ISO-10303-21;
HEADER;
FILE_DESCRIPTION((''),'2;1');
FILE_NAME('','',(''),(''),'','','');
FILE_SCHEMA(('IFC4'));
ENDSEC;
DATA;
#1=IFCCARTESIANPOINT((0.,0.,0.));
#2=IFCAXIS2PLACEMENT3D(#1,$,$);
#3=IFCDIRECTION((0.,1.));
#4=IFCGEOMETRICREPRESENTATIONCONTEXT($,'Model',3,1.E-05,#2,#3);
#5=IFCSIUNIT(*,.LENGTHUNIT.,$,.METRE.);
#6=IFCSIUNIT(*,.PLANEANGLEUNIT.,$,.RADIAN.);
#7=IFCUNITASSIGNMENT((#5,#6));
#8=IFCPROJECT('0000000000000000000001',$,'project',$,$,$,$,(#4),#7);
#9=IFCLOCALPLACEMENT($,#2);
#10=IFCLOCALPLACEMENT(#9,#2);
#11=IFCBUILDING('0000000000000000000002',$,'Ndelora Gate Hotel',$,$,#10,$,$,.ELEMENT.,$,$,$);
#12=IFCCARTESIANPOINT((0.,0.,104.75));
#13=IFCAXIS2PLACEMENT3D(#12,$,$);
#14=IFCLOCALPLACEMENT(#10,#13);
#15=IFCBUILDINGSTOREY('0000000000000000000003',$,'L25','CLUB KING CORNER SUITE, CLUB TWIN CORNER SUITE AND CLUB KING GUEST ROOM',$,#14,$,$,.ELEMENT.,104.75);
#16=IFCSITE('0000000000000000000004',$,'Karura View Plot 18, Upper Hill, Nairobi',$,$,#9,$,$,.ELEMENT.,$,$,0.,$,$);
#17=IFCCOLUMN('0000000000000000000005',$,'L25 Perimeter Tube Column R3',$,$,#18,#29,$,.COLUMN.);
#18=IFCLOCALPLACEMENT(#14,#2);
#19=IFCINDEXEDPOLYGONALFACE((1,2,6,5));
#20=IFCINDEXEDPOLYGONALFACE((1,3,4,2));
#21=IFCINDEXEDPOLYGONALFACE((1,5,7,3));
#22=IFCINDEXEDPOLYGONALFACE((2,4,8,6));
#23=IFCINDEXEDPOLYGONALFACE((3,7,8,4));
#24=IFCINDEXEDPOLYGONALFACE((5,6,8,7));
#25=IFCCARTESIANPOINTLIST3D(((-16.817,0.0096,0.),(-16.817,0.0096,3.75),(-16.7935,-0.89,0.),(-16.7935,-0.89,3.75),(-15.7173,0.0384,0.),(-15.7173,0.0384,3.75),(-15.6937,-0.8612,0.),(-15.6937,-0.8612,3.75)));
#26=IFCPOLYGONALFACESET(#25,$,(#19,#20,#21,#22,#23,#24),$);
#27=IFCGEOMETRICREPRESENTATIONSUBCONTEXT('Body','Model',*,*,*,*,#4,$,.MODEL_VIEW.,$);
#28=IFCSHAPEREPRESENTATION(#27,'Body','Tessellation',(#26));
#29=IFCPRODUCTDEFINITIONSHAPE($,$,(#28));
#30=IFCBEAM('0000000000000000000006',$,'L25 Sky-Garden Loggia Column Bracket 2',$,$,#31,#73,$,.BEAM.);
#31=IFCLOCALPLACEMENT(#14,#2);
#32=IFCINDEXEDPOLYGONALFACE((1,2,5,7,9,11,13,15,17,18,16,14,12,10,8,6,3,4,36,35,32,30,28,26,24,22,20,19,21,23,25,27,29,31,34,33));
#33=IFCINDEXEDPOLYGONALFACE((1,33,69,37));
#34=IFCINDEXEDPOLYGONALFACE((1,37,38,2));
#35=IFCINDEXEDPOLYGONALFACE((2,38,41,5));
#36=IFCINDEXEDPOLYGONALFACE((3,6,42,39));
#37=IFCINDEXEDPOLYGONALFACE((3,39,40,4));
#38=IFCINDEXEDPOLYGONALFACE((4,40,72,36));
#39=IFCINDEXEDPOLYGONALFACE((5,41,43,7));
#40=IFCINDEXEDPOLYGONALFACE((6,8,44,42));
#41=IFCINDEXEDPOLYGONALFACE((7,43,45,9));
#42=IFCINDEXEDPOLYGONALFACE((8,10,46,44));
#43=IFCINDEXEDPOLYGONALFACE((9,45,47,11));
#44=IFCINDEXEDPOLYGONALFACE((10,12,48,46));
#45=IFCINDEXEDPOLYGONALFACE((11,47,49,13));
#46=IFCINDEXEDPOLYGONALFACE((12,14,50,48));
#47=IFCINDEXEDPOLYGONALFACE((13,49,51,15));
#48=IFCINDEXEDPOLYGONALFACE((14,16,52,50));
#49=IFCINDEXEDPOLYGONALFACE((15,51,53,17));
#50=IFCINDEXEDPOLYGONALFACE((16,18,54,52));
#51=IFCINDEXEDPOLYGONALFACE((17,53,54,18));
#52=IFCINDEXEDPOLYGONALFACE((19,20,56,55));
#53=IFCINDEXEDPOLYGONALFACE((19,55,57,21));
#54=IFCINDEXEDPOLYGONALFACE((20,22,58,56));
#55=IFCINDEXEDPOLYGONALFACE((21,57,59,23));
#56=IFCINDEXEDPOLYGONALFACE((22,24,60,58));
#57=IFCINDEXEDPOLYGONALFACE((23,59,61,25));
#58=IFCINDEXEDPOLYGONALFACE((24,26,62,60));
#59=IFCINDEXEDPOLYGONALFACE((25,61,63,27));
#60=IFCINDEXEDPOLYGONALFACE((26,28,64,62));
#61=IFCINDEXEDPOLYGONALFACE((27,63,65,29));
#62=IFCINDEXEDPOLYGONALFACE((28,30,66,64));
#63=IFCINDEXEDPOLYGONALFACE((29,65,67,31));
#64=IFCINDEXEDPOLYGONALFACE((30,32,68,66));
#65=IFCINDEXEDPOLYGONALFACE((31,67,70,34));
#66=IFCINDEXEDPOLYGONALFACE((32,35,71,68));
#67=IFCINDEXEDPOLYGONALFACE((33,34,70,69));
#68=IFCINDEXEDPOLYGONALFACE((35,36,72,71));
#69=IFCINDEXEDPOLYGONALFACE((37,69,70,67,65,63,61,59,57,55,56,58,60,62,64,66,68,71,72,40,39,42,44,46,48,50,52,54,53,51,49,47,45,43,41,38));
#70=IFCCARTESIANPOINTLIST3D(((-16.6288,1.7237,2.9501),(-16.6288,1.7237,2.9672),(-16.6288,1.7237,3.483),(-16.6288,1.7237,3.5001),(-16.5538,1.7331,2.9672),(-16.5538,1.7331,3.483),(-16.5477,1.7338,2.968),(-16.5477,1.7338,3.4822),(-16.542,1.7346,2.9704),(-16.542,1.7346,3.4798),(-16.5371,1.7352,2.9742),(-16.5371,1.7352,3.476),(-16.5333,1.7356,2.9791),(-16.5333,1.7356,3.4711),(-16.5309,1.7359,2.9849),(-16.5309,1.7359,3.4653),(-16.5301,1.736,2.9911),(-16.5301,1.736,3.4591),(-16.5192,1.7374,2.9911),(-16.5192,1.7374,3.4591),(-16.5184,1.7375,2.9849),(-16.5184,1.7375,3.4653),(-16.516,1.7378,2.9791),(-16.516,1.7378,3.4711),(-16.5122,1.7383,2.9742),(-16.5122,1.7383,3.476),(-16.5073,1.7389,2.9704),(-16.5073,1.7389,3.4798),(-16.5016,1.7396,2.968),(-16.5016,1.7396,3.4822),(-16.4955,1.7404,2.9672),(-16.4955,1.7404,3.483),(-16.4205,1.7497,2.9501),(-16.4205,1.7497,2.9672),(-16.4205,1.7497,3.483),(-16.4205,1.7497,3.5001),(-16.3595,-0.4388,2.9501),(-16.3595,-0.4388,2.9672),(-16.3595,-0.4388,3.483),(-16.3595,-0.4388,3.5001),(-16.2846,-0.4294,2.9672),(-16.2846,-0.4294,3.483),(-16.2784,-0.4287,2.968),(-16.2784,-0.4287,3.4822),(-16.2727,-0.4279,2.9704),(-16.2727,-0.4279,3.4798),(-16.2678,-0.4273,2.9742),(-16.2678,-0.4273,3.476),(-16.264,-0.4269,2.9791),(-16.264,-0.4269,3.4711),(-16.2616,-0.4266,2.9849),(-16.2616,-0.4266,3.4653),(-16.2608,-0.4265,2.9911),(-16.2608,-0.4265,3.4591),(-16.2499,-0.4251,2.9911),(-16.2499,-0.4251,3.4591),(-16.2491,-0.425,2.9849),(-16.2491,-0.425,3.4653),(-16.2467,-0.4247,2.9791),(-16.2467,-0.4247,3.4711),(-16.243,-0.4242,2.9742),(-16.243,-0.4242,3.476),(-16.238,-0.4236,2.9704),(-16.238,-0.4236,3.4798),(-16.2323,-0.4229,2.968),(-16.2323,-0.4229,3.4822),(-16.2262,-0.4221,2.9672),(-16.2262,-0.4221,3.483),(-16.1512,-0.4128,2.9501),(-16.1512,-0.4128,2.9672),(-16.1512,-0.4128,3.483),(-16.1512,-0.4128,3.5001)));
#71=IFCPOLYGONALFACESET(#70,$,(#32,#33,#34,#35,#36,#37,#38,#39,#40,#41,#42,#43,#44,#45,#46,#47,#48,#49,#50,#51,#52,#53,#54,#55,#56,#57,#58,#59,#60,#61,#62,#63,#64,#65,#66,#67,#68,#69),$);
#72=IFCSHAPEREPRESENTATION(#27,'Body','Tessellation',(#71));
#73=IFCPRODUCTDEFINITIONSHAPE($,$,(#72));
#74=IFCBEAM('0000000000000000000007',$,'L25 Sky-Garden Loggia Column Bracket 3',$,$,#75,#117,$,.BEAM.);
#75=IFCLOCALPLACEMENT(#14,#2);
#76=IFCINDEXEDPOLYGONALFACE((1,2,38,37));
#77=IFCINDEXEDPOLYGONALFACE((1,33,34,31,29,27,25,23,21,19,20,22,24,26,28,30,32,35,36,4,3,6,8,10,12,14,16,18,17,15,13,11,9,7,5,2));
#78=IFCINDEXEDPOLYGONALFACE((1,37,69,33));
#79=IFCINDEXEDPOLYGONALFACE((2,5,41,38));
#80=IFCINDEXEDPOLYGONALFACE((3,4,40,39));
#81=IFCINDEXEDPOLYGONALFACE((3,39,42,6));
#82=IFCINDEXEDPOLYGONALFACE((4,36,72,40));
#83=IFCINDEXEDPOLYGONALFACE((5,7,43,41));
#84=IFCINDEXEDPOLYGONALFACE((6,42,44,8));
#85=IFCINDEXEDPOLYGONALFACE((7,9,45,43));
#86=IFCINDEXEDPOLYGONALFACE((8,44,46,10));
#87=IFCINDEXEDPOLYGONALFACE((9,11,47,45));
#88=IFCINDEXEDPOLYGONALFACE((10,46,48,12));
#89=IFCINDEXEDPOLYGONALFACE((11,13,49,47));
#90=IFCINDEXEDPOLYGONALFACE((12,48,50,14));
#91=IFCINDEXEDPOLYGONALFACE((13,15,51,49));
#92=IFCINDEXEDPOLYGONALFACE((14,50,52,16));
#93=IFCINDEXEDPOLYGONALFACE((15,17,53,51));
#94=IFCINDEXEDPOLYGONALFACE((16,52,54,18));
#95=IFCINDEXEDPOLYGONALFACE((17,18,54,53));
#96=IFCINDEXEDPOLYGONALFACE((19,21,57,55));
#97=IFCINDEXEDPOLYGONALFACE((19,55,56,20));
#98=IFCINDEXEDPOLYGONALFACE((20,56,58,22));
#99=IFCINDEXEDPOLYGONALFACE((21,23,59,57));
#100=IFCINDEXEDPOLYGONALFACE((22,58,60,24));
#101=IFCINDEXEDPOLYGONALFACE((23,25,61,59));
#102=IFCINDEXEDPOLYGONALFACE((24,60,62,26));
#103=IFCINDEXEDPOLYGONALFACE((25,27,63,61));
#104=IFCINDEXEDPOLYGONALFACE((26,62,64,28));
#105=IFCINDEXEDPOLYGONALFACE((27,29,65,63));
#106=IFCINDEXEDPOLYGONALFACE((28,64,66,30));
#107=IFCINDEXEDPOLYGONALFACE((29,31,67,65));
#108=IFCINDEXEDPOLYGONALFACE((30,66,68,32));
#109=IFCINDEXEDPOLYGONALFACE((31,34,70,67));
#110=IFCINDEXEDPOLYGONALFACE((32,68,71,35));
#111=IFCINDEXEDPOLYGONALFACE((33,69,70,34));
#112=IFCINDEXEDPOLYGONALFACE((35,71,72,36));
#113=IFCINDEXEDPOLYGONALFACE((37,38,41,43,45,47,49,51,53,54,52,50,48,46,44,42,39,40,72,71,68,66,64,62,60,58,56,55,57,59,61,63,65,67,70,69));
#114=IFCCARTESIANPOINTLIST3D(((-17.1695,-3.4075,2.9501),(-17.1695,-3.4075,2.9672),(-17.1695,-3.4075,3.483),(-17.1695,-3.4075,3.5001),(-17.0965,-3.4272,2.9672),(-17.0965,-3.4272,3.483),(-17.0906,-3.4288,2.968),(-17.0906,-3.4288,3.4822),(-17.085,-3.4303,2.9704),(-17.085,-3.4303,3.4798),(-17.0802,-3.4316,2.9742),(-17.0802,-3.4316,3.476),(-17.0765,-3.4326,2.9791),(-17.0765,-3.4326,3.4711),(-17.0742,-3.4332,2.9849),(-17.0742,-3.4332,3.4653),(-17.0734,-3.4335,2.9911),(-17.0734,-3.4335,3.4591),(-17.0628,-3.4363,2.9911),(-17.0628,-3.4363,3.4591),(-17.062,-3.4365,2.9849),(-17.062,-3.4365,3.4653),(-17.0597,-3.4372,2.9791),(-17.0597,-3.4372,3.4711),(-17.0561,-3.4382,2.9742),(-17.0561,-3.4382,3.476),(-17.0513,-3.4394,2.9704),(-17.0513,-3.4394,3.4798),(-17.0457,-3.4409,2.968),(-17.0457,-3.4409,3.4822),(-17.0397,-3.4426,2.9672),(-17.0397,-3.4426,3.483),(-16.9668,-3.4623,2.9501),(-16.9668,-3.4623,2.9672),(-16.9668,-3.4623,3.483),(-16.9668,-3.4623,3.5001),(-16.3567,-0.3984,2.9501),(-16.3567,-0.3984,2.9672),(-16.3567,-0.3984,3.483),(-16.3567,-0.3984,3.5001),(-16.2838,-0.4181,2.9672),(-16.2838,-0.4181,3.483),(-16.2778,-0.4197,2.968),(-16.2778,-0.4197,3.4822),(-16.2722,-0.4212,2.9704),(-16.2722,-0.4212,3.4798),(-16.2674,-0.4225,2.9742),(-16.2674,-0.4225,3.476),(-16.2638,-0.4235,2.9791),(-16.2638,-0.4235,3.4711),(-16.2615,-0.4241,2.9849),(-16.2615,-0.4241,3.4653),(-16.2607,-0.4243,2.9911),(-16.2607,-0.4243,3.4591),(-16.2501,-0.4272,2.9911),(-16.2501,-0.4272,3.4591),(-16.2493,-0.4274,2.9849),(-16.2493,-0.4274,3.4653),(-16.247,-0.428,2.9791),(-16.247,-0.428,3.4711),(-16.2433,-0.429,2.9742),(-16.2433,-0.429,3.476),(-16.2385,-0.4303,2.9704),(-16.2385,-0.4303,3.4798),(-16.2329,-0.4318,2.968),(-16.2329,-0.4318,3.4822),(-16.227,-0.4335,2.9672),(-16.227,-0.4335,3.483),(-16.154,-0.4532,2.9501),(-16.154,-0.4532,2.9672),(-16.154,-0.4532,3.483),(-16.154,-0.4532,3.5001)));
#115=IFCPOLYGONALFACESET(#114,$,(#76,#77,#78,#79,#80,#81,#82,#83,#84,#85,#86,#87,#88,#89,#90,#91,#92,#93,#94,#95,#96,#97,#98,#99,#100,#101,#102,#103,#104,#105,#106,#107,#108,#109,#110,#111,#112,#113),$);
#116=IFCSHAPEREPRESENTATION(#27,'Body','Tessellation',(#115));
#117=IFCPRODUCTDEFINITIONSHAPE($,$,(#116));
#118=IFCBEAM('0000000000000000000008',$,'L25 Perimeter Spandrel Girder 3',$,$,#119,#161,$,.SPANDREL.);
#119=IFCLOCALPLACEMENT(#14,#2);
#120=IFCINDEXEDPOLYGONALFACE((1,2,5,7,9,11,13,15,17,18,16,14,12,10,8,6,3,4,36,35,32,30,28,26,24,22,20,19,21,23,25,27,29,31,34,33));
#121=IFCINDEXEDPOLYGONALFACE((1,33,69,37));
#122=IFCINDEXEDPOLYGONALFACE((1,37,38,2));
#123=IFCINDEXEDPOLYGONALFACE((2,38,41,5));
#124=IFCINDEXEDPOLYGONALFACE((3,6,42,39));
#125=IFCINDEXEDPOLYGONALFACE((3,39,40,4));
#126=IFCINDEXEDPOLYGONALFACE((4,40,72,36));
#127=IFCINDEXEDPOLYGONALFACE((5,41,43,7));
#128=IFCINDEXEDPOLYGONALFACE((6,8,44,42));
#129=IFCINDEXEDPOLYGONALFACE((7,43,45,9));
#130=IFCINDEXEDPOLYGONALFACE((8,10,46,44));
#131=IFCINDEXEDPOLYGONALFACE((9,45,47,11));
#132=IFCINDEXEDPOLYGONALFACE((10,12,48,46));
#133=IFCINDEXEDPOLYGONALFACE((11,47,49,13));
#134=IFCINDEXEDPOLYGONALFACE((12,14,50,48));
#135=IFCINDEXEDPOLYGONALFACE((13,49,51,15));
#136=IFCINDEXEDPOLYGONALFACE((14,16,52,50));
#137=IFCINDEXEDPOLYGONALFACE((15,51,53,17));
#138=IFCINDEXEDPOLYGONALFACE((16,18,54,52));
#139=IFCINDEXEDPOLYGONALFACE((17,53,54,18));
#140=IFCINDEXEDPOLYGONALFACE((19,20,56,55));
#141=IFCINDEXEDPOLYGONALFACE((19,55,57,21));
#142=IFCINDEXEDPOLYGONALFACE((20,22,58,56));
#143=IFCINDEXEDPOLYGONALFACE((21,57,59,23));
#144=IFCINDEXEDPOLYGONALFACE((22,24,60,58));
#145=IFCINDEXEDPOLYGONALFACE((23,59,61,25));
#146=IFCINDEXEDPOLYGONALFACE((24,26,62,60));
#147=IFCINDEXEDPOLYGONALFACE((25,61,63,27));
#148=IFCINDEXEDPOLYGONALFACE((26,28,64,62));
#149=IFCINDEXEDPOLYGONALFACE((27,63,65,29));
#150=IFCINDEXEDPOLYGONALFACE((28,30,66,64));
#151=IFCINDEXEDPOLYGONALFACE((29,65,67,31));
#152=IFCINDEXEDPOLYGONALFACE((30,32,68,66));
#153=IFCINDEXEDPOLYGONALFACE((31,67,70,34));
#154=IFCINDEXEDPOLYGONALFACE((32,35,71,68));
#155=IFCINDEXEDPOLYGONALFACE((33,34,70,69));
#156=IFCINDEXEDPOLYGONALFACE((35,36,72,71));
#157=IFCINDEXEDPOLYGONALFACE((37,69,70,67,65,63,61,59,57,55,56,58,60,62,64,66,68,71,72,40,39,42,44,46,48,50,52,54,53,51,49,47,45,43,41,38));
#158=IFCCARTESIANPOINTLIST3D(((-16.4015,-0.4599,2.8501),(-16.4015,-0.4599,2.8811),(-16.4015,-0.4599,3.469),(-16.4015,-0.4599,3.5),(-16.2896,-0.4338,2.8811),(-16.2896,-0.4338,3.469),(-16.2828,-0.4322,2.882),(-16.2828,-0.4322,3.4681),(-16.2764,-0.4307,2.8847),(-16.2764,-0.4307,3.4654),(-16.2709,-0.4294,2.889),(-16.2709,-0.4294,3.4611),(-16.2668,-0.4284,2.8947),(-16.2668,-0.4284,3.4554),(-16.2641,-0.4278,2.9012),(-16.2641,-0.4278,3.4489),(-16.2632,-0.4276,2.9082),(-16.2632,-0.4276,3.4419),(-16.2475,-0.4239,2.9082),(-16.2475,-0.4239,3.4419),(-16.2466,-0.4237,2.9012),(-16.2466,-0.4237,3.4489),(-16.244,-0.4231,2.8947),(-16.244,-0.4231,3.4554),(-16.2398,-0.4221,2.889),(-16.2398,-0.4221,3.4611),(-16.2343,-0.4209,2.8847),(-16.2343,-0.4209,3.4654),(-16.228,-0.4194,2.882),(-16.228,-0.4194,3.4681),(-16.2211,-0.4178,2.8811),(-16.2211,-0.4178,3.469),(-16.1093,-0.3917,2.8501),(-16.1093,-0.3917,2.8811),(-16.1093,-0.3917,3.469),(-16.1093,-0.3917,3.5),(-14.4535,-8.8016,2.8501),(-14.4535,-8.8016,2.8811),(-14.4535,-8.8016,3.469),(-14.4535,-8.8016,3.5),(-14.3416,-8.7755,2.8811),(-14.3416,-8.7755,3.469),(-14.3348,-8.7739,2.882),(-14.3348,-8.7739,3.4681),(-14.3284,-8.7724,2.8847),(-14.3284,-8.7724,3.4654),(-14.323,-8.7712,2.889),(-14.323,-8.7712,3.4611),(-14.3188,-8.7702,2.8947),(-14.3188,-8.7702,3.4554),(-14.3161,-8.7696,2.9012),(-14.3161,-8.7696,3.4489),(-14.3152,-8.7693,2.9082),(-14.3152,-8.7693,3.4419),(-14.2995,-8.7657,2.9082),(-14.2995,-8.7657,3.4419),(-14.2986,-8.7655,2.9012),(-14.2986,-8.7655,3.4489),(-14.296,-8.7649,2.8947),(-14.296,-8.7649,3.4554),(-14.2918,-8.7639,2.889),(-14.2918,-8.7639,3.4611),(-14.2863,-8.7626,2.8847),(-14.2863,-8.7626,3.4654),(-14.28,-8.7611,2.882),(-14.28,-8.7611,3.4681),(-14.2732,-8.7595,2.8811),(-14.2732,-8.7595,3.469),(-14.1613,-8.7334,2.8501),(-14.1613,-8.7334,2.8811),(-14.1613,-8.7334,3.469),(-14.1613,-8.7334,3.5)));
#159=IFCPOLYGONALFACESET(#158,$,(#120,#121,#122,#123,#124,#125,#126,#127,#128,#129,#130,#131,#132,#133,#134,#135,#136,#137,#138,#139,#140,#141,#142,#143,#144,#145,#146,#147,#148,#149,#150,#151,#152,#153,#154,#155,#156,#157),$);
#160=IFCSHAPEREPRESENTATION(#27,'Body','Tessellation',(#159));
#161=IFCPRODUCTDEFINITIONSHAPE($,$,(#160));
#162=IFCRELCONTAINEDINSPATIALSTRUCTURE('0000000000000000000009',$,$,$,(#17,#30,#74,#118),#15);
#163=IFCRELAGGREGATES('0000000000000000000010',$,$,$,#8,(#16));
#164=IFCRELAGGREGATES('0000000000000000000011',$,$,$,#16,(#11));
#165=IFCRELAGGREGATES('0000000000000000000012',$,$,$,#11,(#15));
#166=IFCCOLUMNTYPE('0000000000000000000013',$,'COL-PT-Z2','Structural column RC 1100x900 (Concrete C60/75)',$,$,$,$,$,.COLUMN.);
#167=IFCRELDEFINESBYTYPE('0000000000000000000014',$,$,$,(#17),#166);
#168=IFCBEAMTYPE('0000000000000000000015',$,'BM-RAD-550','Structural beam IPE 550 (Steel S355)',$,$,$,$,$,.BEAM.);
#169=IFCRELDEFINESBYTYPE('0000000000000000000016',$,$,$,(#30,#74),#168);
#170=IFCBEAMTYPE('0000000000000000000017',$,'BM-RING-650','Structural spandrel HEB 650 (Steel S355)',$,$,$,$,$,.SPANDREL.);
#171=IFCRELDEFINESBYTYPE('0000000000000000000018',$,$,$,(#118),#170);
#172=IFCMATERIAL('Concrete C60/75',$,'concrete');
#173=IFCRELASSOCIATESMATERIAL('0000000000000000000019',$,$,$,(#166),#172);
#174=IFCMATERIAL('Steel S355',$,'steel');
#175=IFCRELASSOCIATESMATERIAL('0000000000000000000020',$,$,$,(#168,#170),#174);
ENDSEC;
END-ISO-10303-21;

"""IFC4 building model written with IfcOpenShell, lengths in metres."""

from ifc_helpers import new_model, si_unit, direction, frame, origin, origin_2d, place, context, subcontext, project, spatial, rectangle, i_section, extrude, material, material_profile, profile_set, type_object, element, save


model = new_model("IFC4")

# Units and contexts
model_context = context("Model", 3, precision=1e-05, world=origin(), true_north=direction((0.0, 1.0)))
body_context = subcontext(model_context, "Body", "Model", "MODEL_VIEW")
ifc_project = project(units=[si_unit("LENGTHUNIT", "METRE"), si_unit("PLANEANGLEUNIT", "RADIAN")], contexts=[model_context])

# Site, building, storey
site_placement = place(None, origin())
site = spatial("IfcSite", under=ifc_project, at=site_placement, Name="Karura View Plot 18, Upper Hill, Nairobi", CompositionType="ELEMENT", RefElevation=0.0)
building_placement = place(site_placement, origin())
building = spatial("IfcBuilding", under=site, at=building_placement, Name="Ndelora Gate Hotel", CompositionType="ELEMENT")
storey_placement = place(building_placement, frame((0.0, 0.0, 104.75)))
storey = spatial("IfcBuildingStorey", under=building, at=storey_placement, Name="L25", Description="CLUB KING CORNER SUITE, CLUB TWIN CORNER SUITE AND CLUB KING GUEST ROOM", CompositionType="ELEMENT", Elevation=104.75)

# Column
ifc_material_1 = material(Name="Concrete C60/75", Category="concrete")
ifc_material_profile_1 = material_profile(ifc_material_1, rectangle(XDim=0.8999, YDim=1.1001, at=origin_2d()), Name="RC 1100x900")
ifc_profile_set_1 = profile_set([ifc_material_profile_1], Name="Concrete C60/75")
column_type = type_object("IfcColumnType", Name="COL-PT-Z2", Description="Structural column RC 1100x900 (Concrete C60/75)", PredefinedType="COLUMN", material=ifc_profile_set_1)
column_placement = place(storey_placement, frame((-16.2554, -0.4258, 0.0), z_axis=(0.0, 0.0, 1.0), x_axis=(-0.026177, 0.999657, 0.0)))
element("IfcColumn", 1, at=column_placement, inside=storey, type_object=column_type, Name="L25 Perimeter Tube Column R3", PredefinedType="COLUMN", context=body_context, shape_type="SweptSolid", body=[
    extrude(rectangle(XDim=0.8999, YDim=1.1001, at=origin_2d()), origin(), (0.0, 0.0, 1.0), 3.75),
])

# Beams
ifc_material_2 = material(Name="Steel S355", Category="steel")
ifc_material_profile_2 = material_profile(ifc_material_2, i_section(OverallWidth=0.21, OverallDepth=0.55, WebThickness=0.011, FlangeThickness=0.0171, FilletRadius=0.0239, at=origin_2d()), Name="IPE 550")
ifc_profile_set_2 = profile_set([ifc_material_profile_2], Name="Steel S355")
beam_type_1 = type_object("IfcBeamType", Name="BM-RAD-550", Description="Structural beam IPE 550 (Steel S355)", PredefinedType="BEAM", material=ifc_profile_set_2)
beam_1_placement = place(storey_placement, frame((-16.2554, -0.4258, 3.2251), z_axis=(-0.123566, 0.992336, 0.0), x_axis=(-0.992336, -0.123566, 0.0)))
element("IfcBeam", 2, at=beam_1_placement, inside=storey, type_object=beam_type_1, Name="L25 Sky-Garden Loggia Column Bracket 2", PredefinedType="BEAM", context=body_context, shape_type="SweptSolid", body=[
    extrude(i_section(OverallWidth=0.21, OverallDepth=0.55, WebThickness=0.011, FlangeThickness=0.0171, FilletRadius=0.0239, at=origin_2d()), origin(), (0.0, 0.0, 1.0), 2.1792),
])
beam_2_placement = place(storey_placement, frame((-16.2554, -0.4258, 3.2251), z_axis=(-0.260757, -0.965404, 0.0), x_axis=(0.965404, -0.260757, 0.0)))
element("IfcBeam", 3, at=beam_2_placement, inside=storey, type_object=beam_type_1, Name="L25 Sky-Garden Loggia Column Bracket 3", PredefinedType="BEAM", context=body_context, shape_type="SweptSolid", body=[
    extrude(i_section(OverallWidth=0.21, OverallDepth=0.55, WebThickness=0.011, FlangeThickness=0.0171, FilletRadius=0.0239, at=origin_2d()), origin(), (0.0, 0.0, 1.0), 3.1169),
])
ifc_material_profile_3 = material_profile(ifc_material_2, i_section(OverallWidth=0.3, OverallDepth=0.6499, WebThickness=0.0161, FlangeThickness=0.031, FilletRadius=0.0271, at=origin_2d()), Name="HEB 650")
ifc_profile_set_3 = profile_set([ifc_material_profile_3], Name="Steel S355")
beam_type_2 = type_object("IfcBeamType", Name="BM-RING-650", Description="Structural spandrel HEB 650 (Steel S355)", PredefinedType="SPANDREL", material=ifc_profile_set_3)
beam_3_placement = place(storey_placement, frame((-16.2554, -0.4258, 3.175), z_axis=(0.227404, -0.9738, 0.0), x_axis=(0.9738, 0.227404, 0.0)))
element("IfcBeam", 4, at=beam_3_placement, inside=storey, type_object=beam_type_2, Name="L25 Perimeter Spandrel Girder 3", PredefinedType="SPANDREL", context=body_context, shape_type="SweptSolid", body=[
    extrude(i_section(OverallWidth=0.3, OverallDepth=0.6499, WebThickness=0.0161, FlangeThickness=0.031, FilletRadius=0.0271, at=origin_2d()), origin(), (0.0, 0.0, 1.0), 8.5662),
])

save(model, "model.ifc")
